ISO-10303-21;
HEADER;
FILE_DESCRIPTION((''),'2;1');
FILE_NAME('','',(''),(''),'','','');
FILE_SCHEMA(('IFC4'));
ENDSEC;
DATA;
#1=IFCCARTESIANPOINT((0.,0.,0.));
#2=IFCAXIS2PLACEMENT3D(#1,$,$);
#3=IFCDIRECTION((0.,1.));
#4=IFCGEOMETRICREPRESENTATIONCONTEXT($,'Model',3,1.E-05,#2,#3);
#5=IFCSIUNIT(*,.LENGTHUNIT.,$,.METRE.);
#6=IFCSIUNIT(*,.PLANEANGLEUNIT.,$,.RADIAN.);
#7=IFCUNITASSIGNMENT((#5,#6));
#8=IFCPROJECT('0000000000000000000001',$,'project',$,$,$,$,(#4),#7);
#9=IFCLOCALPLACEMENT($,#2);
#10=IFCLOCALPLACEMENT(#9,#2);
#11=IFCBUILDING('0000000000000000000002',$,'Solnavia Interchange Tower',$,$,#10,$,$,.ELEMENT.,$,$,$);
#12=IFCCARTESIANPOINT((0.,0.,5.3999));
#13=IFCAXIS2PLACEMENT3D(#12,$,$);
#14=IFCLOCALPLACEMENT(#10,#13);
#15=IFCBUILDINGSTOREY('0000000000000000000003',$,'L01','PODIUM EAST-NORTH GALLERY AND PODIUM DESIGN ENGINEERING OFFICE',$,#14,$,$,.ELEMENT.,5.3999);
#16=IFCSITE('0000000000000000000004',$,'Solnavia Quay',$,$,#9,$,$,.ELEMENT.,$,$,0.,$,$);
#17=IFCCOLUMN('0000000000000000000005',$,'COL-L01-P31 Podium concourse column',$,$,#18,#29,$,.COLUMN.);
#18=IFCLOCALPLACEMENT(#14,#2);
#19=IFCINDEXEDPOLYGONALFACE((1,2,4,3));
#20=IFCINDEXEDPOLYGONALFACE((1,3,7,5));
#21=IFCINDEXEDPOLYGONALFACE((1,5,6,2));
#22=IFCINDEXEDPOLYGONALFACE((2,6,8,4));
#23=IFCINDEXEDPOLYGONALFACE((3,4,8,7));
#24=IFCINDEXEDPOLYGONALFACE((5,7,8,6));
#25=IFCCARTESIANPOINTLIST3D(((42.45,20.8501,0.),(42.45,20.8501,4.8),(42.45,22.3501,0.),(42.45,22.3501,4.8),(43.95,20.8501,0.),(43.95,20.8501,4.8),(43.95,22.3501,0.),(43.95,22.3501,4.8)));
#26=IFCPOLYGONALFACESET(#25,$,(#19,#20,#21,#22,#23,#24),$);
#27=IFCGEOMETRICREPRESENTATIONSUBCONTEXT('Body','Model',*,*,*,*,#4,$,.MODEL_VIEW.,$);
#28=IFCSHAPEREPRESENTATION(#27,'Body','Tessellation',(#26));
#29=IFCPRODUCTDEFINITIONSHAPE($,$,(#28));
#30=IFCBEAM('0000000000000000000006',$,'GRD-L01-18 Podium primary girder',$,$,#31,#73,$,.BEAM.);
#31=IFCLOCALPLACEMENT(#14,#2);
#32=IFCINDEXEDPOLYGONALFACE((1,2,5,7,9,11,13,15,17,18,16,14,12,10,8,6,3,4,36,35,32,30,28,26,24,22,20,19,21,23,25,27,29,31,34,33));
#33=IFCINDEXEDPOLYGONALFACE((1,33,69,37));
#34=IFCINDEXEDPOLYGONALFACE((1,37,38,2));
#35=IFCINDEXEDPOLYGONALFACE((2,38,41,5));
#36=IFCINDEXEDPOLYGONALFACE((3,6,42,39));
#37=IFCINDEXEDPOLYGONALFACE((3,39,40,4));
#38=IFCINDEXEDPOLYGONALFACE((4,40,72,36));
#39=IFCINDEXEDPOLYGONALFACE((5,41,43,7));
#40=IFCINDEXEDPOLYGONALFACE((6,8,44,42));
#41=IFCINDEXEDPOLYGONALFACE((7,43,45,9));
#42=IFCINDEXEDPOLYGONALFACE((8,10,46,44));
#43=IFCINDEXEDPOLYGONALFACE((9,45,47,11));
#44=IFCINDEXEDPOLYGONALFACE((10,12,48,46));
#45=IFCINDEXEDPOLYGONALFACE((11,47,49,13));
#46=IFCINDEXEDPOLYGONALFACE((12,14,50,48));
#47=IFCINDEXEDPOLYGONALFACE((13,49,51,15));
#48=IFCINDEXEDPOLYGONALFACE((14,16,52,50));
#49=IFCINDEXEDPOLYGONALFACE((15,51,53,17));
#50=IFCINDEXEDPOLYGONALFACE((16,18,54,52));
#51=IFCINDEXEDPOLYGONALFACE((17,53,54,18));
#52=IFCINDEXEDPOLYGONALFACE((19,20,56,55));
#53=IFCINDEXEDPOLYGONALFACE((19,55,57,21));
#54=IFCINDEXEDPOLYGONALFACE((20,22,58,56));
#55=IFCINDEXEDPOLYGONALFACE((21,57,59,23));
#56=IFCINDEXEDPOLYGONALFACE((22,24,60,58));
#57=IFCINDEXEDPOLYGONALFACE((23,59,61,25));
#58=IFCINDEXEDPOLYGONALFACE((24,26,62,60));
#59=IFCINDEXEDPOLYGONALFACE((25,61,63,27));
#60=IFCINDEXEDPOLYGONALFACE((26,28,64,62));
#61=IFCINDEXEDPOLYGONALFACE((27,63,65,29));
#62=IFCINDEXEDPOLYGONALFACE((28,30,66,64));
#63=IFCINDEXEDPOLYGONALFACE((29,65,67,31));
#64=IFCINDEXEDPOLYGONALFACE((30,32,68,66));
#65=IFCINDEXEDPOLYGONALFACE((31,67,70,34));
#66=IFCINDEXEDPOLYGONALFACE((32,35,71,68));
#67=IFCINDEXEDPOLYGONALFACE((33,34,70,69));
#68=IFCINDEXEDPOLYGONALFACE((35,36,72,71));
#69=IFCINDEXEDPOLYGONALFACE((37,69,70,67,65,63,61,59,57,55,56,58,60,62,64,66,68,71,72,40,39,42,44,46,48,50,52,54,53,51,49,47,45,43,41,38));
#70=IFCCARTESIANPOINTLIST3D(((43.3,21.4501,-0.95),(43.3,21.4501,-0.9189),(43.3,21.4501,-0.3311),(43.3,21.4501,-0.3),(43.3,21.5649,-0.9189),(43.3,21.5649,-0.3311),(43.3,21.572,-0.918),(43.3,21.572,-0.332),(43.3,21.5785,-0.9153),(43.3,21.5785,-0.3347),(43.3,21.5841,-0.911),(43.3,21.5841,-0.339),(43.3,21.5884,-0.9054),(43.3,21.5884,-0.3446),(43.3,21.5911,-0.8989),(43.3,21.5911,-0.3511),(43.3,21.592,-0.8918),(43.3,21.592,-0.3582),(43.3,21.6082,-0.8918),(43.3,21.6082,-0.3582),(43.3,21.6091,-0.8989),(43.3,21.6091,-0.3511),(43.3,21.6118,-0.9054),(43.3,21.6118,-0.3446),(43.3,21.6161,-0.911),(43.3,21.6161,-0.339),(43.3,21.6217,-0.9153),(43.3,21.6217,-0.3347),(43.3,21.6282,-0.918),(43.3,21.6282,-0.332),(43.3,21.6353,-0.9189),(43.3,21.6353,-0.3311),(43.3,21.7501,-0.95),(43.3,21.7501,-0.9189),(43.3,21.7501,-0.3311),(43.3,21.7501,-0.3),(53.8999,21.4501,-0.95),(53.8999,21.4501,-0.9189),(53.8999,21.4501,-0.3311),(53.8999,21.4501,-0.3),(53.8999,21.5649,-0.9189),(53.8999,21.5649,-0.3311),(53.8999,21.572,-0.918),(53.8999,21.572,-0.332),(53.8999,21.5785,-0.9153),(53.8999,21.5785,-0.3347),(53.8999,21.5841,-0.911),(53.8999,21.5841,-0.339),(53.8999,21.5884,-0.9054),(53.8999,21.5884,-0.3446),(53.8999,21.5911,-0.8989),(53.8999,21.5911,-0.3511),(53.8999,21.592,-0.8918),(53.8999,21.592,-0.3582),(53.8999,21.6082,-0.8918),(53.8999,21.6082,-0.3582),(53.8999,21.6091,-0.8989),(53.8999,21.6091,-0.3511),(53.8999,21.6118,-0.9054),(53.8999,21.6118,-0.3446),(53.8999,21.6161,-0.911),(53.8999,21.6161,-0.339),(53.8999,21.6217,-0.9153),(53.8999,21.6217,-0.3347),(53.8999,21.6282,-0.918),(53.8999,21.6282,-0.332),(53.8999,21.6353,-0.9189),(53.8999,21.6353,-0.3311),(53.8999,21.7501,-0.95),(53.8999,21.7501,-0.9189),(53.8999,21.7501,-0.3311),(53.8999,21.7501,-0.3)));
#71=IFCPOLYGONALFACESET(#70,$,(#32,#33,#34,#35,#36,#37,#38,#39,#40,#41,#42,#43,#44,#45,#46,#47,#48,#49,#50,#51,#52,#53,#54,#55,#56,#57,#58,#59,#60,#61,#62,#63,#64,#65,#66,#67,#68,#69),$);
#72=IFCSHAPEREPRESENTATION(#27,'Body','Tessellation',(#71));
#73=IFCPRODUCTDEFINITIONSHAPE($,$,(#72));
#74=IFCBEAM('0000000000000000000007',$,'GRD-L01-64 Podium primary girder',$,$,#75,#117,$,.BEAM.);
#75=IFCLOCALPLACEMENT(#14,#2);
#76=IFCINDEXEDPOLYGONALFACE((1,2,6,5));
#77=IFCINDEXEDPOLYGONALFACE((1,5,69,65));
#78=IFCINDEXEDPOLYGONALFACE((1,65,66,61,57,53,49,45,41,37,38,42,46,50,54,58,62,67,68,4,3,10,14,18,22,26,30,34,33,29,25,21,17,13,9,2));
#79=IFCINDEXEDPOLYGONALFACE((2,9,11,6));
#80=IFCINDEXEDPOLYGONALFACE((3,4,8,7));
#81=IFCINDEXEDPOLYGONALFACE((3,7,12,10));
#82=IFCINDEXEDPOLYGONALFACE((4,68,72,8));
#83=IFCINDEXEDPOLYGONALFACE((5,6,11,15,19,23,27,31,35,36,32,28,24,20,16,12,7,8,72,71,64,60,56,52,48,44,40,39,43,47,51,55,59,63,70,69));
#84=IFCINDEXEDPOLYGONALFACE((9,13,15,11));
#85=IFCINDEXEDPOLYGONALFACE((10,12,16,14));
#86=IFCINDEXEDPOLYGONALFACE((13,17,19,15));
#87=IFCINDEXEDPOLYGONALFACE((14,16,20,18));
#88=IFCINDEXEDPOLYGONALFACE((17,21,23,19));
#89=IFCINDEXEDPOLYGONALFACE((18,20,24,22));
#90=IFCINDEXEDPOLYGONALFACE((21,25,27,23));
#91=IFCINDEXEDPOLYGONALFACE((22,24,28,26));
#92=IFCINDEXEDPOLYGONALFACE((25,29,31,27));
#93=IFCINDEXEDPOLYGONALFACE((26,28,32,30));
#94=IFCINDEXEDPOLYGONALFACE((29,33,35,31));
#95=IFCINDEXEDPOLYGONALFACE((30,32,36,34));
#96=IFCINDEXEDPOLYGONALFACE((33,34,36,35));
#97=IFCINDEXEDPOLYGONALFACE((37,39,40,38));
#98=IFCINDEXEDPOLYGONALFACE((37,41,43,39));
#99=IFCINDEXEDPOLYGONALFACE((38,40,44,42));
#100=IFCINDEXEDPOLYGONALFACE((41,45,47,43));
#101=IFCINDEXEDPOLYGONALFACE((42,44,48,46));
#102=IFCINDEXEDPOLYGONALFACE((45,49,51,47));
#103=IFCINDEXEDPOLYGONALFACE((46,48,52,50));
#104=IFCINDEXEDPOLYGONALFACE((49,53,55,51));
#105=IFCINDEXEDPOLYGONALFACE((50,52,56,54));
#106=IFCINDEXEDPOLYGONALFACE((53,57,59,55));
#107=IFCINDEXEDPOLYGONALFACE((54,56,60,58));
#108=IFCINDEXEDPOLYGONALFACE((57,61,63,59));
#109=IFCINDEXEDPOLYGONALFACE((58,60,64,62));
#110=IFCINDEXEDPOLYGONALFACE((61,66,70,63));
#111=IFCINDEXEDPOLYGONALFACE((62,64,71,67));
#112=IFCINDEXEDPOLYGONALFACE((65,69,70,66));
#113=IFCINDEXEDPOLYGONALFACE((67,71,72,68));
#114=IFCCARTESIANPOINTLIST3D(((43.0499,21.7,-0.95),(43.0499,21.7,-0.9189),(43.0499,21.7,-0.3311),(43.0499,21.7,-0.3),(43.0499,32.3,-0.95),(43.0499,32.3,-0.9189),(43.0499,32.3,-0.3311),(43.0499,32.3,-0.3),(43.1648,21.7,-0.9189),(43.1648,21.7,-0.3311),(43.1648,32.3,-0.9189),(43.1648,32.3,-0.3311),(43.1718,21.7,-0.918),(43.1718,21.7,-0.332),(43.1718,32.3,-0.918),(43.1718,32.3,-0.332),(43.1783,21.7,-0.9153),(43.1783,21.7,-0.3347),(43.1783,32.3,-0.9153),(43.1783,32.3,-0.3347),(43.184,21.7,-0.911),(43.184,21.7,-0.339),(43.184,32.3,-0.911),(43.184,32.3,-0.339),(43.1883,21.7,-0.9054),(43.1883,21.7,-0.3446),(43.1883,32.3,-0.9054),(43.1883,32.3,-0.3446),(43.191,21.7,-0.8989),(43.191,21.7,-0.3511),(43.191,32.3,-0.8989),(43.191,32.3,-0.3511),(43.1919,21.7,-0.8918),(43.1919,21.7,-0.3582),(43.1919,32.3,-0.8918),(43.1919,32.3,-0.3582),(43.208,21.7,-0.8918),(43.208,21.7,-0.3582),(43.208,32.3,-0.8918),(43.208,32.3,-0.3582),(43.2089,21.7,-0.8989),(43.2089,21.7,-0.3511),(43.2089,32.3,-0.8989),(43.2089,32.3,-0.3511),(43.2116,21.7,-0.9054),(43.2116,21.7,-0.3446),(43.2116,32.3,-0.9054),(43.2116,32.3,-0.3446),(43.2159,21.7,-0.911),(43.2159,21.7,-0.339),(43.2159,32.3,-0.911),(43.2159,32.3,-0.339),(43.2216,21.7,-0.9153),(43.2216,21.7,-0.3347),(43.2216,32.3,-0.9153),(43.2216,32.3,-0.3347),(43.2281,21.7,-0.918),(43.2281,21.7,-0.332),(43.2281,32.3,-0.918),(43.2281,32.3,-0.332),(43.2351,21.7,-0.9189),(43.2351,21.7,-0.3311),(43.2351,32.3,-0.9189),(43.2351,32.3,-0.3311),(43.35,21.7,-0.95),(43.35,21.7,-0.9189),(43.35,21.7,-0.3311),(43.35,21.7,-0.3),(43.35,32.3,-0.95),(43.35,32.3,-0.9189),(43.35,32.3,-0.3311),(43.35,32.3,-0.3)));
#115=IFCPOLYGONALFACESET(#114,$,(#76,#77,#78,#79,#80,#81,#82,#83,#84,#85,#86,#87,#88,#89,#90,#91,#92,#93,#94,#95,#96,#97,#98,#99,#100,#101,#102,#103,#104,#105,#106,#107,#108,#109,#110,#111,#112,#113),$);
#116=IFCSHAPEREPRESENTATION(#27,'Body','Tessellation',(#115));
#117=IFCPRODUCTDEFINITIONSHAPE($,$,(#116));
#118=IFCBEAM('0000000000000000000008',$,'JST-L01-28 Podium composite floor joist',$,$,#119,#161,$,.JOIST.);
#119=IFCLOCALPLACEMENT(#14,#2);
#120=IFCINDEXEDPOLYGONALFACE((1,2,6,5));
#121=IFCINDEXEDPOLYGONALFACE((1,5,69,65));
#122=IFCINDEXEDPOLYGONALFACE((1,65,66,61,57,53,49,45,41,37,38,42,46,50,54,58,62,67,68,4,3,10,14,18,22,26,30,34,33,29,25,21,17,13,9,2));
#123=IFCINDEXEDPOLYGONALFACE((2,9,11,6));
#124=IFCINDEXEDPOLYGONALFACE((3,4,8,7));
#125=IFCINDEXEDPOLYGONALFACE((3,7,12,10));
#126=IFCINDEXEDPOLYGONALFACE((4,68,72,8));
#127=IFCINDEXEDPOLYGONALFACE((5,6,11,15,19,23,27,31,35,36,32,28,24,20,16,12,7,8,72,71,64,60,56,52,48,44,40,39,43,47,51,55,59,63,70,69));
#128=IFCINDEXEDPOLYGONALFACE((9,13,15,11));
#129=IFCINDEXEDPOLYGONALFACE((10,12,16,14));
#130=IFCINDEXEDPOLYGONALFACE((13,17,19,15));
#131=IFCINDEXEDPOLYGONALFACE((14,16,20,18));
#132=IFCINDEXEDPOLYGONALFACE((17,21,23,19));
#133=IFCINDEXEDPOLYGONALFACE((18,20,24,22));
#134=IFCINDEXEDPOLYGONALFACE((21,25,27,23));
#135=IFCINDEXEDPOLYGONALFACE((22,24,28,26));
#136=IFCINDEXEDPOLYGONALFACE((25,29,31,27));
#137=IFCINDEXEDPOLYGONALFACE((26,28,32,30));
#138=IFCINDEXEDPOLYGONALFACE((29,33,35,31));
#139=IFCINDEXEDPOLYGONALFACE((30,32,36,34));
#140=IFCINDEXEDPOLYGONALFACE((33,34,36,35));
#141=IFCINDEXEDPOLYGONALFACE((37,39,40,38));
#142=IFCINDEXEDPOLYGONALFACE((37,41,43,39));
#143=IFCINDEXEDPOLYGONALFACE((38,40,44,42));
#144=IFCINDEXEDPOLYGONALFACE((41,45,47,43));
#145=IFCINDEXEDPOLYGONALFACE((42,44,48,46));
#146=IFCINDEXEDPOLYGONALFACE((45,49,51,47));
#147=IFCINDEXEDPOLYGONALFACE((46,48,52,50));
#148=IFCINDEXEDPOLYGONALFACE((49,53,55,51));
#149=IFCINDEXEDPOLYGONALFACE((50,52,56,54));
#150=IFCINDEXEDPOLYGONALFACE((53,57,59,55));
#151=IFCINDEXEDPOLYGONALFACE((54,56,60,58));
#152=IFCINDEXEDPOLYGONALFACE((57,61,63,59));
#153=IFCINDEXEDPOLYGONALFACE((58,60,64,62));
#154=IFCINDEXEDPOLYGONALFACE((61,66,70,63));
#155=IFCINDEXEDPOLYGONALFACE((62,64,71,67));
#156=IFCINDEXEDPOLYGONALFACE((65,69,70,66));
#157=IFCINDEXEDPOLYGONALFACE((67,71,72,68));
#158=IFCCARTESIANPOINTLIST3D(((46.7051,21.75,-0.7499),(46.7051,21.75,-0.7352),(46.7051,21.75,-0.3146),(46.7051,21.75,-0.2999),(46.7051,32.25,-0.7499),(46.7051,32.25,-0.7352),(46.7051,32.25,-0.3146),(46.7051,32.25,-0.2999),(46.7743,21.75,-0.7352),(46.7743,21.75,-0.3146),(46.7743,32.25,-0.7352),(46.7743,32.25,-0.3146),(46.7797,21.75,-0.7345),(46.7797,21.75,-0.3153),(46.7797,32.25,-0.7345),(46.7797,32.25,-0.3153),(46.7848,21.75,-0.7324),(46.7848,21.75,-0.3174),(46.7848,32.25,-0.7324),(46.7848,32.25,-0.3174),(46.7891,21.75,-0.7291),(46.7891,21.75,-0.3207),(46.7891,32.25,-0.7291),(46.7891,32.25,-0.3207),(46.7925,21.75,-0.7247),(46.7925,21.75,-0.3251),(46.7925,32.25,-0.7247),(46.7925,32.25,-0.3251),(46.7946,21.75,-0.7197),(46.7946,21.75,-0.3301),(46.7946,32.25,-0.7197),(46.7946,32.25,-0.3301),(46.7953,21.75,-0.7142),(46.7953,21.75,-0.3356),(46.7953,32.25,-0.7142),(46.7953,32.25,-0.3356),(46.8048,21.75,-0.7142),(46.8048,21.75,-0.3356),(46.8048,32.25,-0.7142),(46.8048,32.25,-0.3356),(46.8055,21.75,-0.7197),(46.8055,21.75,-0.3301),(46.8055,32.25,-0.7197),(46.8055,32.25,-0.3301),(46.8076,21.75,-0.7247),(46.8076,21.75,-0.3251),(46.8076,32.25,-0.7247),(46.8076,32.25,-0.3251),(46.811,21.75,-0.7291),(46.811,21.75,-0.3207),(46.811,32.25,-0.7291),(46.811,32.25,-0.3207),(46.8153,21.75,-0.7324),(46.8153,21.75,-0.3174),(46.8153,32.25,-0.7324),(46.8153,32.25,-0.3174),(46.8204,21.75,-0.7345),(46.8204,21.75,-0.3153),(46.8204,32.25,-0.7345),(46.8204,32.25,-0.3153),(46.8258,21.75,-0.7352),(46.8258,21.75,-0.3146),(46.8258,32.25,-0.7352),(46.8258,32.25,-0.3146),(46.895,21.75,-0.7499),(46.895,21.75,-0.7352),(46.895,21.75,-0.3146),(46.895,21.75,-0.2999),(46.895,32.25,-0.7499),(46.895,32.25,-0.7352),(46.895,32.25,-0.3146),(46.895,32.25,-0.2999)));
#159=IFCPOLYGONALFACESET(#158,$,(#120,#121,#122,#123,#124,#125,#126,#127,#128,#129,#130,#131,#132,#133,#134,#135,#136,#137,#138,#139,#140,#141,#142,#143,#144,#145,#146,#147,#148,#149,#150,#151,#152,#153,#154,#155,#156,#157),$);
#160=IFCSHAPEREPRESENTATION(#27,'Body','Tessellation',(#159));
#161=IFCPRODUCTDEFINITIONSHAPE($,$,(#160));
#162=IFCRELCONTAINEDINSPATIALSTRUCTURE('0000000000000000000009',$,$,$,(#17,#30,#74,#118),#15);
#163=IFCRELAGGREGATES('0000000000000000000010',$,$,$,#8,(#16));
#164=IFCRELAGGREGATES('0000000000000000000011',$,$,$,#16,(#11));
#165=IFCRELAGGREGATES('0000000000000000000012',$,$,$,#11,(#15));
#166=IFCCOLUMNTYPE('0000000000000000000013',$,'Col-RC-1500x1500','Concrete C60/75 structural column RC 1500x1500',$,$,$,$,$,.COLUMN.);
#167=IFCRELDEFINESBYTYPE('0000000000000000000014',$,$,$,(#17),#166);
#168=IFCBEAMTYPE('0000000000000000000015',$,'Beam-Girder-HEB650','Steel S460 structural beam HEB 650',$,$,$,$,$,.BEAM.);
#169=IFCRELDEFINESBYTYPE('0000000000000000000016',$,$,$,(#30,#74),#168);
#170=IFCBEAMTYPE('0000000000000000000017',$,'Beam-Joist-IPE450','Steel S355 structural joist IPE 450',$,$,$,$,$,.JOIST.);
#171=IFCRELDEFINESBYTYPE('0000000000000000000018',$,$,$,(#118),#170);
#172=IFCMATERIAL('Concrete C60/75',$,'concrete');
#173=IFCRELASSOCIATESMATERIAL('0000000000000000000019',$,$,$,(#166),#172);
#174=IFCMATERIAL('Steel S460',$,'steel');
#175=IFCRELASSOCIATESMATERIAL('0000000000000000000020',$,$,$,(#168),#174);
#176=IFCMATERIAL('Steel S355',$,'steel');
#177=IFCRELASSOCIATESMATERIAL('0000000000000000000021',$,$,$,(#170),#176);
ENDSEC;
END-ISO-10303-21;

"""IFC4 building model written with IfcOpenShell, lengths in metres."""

from ifc_helpers import new_model, si_unit, direction, frame, origin, origin_2d, place, context, subcontext, project, spatial, rectangle, i_section, extrude, material, material_profile, profile_set, type_object, element, save


model = new_model("IFC4")

# Units and contexts
model_context = context("Model", 3, precision=1e-05, world=origin(), true_north=direction((0.0, 1.0)))
body_context = subcontext(model_context, "Body", "Model", "MODEL_VIEW")
ifc_project = project(units=[si_unit("LENGTHUNIT", "METRE"), si_unit("PLANEANGLEUNIT", "RADIAN")], contexts=[model_context])

# Site, building, storey
site_placement = place(None, origin())
site = spatial("IfcSite", under=ifc_project, at=site_placement, Name="Solnavia Quay", CompositionType="ELEMENT", RefElevation=0.0)
building_placement = place(site_placement, origin())
building = spatial("IfcBuilding", under=site, at=building_placement, Name="Solnavia Interchange Tower", CompositionType="ELEMENT")
storey_placement = place(building_placement, frame((0.0, 0.0, 5.3999)))
storey = spatial("IfcBuildingStorey", under=building, at=storey_placement, Name="L01", Description="PODIUM EAST-NORTH GALLERY AND PODIUM DESIGN ENGINEERING OFFICE", CompositionType="ELEMENT", Elevation=5.3999)

# Column
ifc_material_1 = material(Name="Concrete C60/75", Category="concrete")
ifc_material_profile_1 = material_profile(ifc_material_1, rectangle(XDim=1.5, YDim=1.5, at=origin_2d()), Name="RC 1500x1500")
ifc_profile_set_1 = profile_set([ifc_material_profile_1], Name="Concrete C60/75")
column_type = type_object("IfcColumnType", Name="Col-RC-1500x1500", Description="Concrete C60/75 structural column RC 1500x1500", PredefinedType="COLUMN", material=ifc_profile_set_1)
column_placement = place(storey_placement, frame((43.2, 21.6001, 0.0), z_axis=(0.0, 0.0, 1.0), x_axis=(1.0, 0.0, 0.0)))
element("IfcColumn", 1, at=column_placement, inside=storey, type_object=column_type, Name="COL-L01-P31 Podium concourse column", PredefinedType="COLUMN", context=body_context, shape_type="SweptSolid", body=[
    extrude(rectangle(XDim=1.5, YDim=1.5, at=origin_2d()), origin(), (0.0, 0.0, 1.0), 4.8),
])

# Beams
ifc_material_2 = material(Name="Steel S460", Category="steel")
ifc_material_profile_2 = material_profile(ifc_material_2, i_section(OverallWidth=0.3, OverallDepth=0.6499, WebThickness=0.0161, FlangeThickness=0.031, FilletRadius=0.0271, at=origin_2d()), Name="HEB 650")
ifc_profile_set_2 = profile_set([ifc_material_profile_2], Name="Steel S460")
beam_type_1 = type_object("IfcBeamType", Name="Beam-Girder-HEB650", Description="Steel S460 structural beam HEB 650", PredefinedType="BEAM", material=ifc_profile_set_2)
beam_1_placement = place(storey_placement, frame((43.3, 21.6001, -0.625), z_axis=(1.0, 0.0, 0.0), x_axis=(0.0, 1.0, 0.0)))
element("IfcBeam", 2, at=beam_1_placement, inside=storey, type_object=beam_type_1, Name="GRD-L01-18 Podium primary girder", PredefinedType="BEAM", context=body_context, shape_type="SweptSolid", body=[
    extrude(i_section(OverallWidth=0.3, OverallDepth=0.6499, WebThickness=0.0161, FlangeThickness=0.031, FilletRadius=0.0271, at=origin_2d()), origin(), (0.0, 0.0, 1.0), 10.5999),
])
beam_2_placement = place(storey_placement, frame((43.2, 21.7, -0.625), z_axis=(0.0, 1.0, 0.0), x_axis=(-1.0, 0.0, 0.0)))
element("IfcBeam", 3, at=beam_2_placement, inside=storey, type_object=beam_type_1, Name="GRD-L01-64 Podium primary girder", PredefinedType="BEAM", context=body_context, shape_type="SweptSolid", body=[
    extrude(i_section(OverallWidth=0.3, OverallDepth=0.6499, WebThickness=0.0161, FlangeThickness=0.031, FilletRadius=0.0271, at=origin_2d()), origin(), (0.0, 0.0, 1.0), 10.6001),
])
ifc_material_3 = material(Name="Steel S355", Category="steel")
ifc_material_profile_3 = material_profile(ifc_material_3, i_section(OverallWidth=0.1899, OverallDepth=0.45, WebThickness=0.0095, FlangeThickness=0.0146, FilletRadius=0.021, at=origin_2d()), Name="IPE 450")
ifc_profile_set_3 = profile_set([ifc_material_profile_3], Name="Steel S355")
beam_type_2 = type_object("IfcBeamType", Name="Beam-Joist-IPE450", Description="Steel S355 structural joist IPE 450", PredefinedType="JOIST", material=ifc_profile_set_3)
for number, where, z_axis, x_axis, name in (
    (4, (46.8, 21.75, -0.5249), (0.0, 1.0, 0.0), (-1.0, 0.0, 0.0), "JST-L01-28 Podium composite floor joist"),
):
    element("IfcBeam", number, at=place(storey_placement, frame(where, z_axis=z_axis, x_axis=x_axis)), inside=storey, type_object=beam_type_2, Name=name, PredefinedType="JOIST", context=body_context, shape_type="SweptSolid", body=[
        extrude(i_section(OverallWidth=0.1899, OverallDepth=0.45, WebThickness=0.0095, FlangeThickness=0.0146, FilletRadius=0.021, at=origin_2d()), origin(), (0.0, 0.0, 1.0), 10.5),
    ])

save(model, "model.ifc")
